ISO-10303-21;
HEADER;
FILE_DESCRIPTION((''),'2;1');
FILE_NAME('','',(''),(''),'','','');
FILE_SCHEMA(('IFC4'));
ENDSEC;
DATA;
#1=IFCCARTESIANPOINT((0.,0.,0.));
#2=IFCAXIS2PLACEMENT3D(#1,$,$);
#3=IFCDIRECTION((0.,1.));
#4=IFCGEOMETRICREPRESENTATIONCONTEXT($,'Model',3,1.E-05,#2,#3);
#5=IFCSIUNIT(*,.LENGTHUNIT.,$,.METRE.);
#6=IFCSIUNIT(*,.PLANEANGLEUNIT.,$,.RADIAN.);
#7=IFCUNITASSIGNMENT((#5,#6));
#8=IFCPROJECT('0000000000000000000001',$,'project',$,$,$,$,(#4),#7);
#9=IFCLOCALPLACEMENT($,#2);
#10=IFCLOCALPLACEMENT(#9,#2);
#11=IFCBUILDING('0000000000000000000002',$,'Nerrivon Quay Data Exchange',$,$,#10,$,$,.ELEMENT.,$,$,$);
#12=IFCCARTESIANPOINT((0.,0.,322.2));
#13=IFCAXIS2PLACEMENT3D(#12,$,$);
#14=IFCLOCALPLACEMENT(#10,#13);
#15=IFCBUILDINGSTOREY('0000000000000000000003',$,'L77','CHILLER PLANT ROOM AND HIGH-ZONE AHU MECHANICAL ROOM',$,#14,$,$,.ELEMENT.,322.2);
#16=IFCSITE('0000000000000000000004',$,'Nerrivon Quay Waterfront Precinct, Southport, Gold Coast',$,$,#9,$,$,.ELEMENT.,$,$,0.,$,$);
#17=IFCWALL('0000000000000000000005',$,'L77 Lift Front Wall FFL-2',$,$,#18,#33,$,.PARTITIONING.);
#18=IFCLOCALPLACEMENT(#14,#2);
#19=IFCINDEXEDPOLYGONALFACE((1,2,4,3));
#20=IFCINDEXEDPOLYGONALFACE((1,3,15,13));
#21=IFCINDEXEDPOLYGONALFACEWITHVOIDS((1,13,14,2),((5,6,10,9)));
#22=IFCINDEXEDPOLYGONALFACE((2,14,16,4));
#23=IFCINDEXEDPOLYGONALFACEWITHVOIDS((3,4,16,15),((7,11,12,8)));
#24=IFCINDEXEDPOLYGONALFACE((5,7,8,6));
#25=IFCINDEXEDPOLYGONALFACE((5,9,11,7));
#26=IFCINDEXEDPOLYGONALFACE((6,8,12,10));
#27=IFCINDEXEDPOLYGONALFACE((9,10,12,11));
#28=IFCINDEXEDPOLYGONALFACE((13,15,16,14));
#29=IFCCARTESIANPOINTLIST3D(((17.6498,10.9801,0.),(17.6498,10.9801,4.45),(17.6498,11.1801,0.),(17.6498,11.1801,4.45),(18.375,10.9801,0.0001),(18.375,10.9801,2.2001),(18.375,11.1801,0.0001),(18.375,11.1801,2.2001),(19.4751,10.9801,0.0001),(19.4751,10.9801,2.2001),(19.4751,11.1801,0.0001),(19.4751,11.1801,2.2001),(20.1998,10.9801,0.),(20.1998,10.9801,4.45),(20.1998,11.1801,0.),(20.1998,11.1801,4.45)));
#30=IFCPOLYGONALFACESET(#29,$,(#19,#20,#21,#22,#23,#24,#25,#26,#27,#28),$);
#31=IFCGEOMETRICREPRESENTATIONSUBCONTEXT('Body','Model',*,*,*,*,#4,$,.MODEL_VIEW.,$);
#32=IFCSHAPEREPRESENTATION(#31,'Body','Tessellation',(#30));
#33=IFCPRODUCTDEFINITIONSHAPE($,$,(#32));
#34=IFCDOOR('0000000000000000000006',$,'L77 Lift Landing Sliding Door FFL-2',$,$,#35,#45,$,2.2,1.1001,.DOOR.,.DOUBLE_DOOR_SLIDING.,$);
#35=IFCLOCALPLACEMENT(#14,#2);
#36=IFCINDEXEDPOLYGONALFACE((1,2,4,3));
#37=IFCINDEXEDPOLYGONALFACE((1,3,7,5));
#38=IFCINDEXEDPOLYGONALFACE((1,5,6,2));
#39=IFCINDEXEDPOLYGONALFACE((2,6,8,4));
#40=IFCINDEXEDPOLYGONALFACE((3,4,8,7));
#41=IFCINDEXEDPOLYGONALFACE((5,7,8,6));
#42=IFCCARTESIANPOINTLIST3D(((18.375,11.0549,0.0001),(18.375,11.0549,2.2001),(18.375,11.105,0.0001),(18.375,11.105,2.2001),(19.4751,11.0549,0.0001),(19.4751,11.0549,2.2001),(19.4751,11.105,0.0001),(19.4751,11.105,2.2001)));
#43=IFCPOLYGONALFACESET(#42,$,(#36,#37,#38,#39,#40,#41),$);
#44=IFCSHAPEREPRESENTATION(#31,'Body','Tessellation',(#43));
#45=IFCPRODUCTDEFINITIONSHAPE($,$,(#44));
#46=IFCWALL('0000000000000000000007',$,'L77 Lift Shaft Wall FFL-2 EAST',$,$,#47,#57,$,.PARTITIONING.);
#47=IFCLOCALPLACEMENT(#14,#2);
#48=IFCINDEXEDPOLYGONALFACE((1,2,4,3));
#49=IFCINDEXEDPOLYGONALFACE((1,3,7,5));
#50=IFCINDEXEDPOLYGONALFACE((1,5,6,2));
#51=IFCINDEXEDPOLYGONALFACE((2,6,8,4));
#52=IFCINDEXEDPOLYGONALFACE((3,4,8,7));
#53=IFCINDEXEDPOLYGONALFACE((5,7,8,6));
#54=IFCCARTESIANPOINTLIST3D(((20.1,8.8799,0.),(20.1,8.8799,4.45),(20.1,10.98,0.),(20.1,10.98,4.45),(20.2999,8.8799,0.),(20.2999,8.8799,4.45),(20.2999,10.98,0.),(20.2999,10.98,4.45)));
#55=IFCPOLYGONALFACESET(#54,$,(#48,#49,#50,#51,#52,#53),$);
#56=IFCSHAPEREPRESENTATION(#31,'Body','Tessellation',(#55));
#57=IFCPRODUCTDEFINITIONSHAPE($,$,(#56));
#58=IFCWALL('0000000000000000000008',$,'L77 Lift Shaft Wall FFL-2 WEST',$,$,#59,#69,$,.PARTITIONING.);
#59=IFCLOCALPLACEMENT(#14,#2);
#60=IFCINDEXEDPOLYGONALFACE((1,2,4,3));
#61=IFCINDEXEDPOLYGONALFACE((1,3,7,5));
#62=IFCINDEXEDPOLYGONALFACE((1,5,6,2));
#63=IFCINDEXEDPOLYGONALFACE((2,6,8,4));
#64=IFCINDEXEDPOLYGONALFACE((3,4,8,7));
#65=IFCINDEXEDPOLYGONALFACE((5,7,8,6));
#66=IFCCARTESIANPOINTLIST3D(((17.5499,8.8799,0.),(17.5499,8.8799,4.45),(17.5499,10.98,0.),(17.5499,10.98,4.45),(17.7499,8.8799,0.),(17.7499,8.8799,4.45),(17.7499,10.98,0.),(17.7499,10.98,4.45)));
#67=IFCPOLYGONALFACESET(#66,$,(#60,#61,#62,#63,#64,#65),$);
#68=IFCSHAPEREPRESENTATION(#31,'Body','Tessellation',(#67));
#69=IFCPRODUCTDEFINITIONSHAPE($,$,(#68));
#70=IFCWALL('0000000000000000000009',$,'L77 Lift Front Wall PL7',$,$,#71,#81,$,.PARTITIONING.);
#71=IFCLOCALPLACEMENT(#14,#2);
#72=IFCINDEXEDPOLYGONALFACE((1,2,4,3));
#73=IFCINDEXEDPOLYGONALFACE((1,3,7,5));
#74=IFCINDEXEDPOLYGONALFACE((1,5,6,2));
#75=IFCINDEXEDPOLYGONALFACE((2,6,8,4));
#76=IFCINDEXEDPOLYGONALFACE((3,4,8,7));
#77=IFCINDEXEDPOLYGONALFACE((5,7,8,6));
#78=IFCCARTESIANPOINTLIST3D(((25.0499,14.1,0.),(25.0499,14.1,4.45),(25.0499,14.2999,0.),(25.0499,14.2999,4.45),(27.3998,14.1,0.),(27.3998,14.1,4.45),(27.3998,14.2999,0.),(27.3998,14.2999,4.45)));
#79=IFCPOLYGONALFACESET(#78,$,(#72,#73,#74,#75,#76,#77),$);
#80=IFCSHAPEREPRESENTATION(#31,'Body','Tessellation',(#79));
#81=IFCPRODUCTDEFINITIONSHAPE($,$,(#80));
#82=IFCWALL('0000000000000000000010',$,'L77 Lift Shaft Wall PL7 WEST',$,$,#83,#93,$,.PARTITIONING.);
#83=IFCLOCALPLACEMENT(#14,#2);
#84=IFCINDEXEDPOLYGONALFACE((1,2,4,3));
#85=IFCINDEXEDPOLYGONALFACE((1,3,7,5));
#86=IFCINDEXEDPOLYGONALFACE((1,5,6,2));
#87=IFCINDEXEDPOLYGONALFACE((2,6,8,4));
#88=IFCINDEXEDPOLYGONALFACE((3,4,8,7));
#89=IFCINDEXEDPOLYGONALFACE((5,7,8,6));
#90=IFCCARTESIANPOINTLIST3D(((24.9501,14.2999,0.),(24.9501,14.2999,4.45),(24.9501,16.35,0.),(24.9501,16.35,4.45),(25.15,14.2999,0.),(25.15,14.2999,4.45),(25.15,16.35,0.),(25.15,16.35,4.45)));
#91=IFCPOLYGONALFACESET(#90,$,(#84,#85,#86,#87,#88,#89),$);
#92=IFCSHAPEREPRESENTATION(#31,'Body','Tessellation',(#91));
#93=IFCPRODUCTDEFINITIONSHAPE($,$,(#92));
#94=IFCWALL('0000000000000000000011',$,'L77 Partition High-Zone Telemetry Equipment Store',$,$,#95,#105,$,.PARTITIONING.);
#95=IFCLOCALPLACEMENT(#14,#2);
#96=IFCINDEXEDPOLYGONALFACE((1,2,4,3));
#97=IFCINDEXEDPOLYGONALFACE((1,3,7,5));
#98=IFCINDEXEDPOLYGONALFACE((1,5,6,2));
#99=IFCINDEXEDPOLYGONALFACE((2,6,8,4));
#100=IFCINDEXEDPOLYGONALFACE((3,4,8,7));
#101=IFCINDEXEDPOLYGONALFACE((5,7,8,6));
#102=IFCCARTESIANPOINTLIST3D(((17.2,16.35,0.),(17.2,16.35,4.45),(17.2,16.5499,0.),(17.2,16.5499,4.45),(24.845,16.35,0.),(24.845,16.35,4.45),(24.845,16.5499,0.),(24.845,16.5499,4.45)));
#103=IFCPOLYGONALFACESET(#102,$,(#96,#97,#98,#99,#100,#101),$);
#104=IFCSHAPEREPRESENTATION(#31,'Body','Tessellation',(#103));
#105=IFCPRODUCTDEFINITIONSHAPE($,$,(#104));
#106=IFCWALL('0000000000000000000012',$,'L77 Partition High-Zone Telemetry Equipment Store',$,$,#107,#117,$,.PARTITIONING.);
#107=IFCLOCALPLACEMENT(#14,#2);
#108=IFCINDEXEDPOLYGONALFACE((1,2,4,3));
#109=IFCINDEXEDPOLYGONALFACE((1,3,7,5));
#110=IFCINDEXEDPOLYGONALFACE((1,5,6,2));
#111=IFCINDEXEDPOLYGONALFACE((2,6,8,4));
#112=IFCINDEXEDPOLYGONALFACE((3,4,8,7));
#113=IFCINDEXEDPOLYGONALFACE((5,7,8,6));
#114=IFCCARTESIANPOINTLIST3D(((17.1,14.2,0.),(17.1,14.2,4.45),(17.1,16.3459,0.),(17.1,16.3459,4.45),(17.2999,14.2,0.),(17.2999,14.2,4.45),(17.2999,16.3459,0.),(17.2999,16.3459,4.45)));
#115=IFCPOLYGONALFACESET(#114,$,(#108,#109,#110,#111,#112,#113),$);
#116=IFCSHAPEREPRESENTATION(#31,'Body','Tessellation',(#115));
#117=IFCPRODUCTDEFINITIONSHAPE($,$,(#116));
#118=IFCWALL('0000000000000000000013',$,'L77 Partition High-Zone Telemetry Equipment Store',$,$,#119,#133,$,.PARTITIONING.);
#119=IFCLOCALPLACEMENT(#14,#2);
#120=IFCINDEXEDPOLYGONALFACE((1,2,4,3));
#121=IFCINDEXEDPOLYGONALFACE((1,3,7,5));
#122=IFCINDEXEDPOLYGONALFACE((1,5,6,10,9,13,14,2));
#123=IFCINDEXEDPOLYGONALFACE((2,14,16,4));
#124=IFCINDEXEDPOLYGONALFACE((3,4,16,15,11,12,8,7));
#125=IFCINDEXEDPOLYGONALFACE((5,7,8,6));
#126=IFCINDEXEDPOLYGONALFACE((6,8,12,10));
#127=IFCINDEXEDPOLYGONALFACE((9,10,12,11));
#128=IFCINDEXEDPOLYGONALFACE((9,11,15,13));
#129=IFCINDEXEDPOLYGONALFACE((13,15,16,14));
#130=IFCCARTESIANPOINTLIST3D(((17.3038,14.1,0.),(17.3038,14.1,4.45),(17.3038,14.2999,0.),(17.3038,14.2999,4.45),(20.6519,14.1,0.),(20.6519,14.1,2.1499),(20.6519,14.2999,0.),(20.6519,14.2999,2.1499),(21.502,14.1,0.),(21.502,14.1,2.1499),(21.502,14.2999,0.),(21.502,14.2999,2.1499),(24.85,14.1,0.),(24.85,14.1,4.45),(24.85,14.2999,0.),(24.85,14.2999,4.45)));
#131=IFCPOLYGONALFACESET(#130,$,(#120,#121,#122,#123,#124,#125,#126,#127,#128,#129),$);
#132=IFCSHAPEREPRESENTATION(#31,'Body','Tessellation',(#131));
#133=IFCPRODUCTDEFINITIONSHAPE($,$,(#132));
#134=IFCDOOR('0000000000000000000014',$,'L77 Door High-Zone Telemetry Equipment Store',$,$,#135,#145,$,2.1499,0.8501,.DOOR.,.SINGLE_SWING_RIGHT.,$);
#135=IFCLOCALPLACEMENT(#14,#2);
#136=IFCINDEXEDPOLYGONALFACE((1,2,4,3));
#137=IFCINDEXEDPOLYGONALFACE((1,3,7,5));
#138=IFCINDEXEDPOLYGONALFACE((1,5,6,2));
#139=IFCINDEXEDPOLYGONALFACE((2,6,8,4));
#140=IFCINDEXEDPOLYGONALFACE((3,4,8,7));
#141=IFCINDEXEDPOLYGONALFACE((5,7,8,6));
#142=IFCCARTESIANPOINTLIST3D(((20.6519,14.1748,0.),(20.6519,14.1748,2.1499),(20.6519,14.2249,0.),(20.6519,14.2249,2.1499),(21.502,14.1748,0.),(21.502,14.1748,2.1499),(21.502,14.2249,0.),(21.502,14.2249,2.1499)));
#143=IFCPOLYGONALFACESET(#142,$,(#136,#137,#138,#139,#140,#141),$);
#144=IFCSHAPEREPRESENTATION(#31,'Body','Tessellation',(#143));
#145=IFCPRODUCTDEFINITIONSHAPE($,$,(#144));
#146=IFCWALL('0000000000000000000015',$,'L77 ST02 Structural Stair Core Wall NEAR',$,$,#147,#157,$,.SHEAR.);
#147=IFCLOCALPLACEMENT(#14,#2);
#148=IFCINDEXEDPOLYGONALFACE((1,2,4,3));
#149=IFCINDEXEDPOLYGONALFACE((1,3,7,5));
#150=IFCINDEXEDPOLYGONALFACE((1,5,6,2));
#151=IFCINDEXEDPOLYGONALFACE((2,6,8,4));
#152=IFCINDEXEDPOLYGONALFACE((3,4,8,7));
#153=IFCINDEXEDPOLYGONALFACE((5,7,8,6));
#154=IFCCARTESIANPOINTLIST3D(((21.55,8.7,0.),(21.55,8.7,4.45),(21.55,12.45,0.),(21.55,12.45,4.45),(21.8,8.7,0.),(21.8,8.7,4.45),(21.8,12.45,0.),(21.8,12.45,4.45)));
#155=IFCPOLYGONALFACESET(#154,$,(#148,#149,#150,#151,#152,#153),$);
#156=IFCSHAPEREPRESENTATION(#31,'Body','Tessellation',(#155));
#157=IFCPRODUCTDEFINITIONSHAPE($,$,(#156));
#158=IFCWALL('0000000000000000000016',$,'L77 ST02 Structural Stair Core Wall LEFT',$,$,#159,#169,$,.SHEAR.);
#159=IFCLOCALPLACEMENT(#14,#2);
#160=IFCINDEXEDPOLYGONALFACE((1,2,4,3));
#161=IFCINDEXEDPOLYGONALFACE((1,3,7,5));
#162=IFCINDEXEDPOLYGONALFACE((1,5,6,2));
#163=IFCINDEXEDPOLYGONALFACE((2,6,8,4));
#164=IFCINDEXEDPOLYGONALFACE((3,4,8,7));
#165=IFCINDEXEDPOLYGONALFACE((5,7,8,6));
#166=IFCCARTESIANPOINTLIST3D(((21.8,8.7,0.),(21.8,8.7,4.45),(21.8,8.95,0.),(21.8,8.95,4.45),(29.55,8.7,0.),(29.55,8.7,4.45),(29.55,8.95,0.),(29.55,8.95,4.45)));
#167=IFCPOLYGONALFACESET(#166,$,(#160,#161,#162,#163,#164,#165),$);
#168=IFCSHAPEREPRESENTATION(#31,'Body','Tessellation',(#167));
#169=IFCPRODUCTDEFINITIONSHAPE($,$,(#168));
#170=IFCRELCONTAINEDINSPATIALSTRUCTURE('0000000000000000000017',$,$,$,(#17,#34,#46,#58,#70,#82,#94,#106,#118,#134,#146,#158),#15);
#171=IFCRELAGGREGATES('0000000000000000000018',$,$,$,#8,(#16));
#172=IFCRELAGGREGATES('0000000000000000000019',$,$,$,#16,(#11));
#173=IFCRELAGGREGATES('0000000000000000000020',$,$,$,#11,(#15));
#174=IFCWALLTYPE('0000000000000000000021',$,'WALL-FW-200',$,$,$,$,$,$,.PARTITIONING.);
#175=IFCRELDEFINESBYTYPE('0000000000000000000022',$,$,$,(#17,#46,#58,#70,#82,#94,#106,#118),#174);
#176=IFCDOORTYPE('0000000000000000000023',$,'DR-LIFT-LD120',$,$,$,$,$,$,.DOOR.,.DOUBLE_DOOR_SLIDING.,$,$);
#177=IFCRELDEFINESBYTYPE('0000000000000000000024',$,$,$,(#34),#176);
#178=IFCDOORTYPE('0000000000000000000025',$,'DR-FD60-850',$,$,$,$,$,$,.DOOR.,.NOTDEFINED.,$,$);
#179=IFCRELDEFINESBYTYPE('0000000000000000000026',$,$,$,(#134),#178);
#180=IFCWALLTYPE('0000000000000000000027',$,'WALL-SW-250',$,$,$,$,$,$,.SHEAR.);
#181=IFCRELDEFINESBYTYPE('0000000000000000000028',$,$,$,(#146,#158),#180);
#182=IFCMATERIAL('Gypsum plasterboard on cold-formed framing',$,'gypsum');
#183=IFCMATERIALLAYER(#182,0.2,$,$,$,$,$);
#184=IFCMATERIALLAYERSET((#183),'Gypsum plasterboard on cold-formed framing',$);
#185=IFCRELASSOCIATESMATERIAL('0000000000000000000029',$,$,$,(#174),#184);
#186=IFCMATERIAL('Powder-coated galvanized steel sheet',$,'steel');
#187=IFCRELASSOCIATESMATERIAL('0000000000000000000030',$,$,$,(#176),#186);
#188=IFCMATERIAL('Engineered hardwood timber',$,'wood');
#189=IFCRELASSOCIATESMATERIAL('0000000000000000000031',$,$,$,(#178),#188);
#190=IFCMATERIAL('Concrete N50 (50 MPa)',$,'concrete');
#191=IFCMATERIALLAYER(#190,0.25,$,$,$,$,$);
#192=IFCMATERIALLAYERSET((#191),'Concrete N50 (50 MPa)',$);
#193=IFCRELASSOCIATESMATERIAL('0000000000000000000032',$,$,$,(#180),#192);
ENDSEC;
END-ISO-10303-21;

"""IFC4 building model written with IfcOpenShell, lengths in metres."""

from ifc_helpers import new_model, si_unit, direction, frame, frame_2d, origin, place, context, subcontext, project, spatial, rectangle, extrude, material, layer, layer_set, type_object, element, fill, save


model = new_model("IFC4")

# Units and contexts
model_context = context("Model", 3, precision=1e-05, world=origin(), true_north=direction((0.0, 1.0)))
body_context = subcontext(model_context, "Body", "Model", "MODEL_VIEW")
ifc_project = project(units=[si_unit("LENGTHUNIT", "METRE"), si_unit("PLANEANGLEUNIT", "RADIAN")], contexts=[model_context])

# Site, building, storey
site_placement = place(None, origin())
site = spatial("IfcSite", under=ifc_project, at=site_placement, Name="Nerrivon Quay Waterfront Precinct, Southport, Gold Coast", CompositionType="ELEMENT", RefElevation=0.0)
building_placement = place(site_placement, origin())
building = spatial("IfcBuilding", under=site, at=building_placement, Name="Nerrivon Quay Data Exchange", CompositionType="ELEMENT")
storey_placement = place(building_placement, frame((0.0, 0.0, 322.2)))
storey = spatial("IfcBuildingStorey", under=building, at=storey_placement, Name="L77", Description="CHILLER PLANT ROOM AND HIGH-ZONE AHU MECHANICAL ROOM", CompositionType="ELEMENT", Elevation=322.2)

# Shared definitions
ifc_material_1 = material(Name="Concrete N50 (50 MPa)", Category="concrete")

# Shared definitions
ifc_material_2 = material(Name="Gypsum plasterboard on cold-formed framing", Category="gypsum")
ifc_layer_1 = layer(ifc_material_2, 0.2)
ifc_layer_set_1 = layer_set([ifc_layer_1], Name="Gypsum plasterboard on cold-formed framing")
wall_type_1 = type_object("IfcWallType", Name="WALL-FW-200", PredefinedType="PARTITIONING", material=ifc_layer_set_1)

# Wall, opening, door
wall_1_placement = place(storey_placement, frame((17.6499, 11.0801, 0.0), z_axis=(0.0, 0.0, 1.0), x_axis=(1.0, 0.0, 0.0)))
wall_1 = element("IfcWall", 1, at=wall_1_placement, inside=storey, type_object=wall_type_1, Name="L77 Lift Front Wall FFL-2", PredefinedType="PARTITIONING", context=body_context, shape_type="SweptSolid", body=[
    extrude(rectangle(XDim=2.55, YDim=0.2, at=frame_2d((1.2749, 0.0))), origin(), (0.0, 0.0, 1.0), 4.45),
])
opening_1_placement = place(wall_1_placement, frame((0.7251, 0.0, 0.0)))
opening_1 = element("IfcOpeningElement", 2, at=opening_1_placement, cuts=wall_1, PredefinedType="OPENING", context=body_context, shape_type="SweptSolid", body=[
    extrude(rectangle(XDim=1.1001, YDim=2.2, at=frame_2d((0.55, 1.1001))), frame((0.0, 0.1099, 0.0), z_axis=(0.0, -1.0, 0.0), x_axis=(1.0, 0.0, 0.0)), (0.0, 0.0, 1.0), 0.22),
])
ifc_material_3 = material(Name="Powder-coated galvanized steel sheet", Category="steel")
door_type_1 = type_object("IfcDoorType", Name="DR-LIFT-LD120", OperationType="DOUBLE_DOOR_SLIDING", PredefinedType="DOOR", material=ifc_material_3)
door_1_placement = place(opening_1_placement, origin())
door_1 = element("IfcDoor", 3, at=door_1_placement, inside=storey, type_object=door_type_1, Name="L77 Lift Landing Sliding Door FFL-2", OperationType="DOUBLE_DOOR_SLIDING", OverallHeight=2.2, OverallWidth=1.1001, PredefinedType="DOOR", context=body_context, shape_type="SweptSolid", body=[
    extrude(rectangle(XDim=1.1001, YDim=2.2, at=frame_2d((0.55, 1.1001))), frame((0.0, 0.0249, 0.0), z_axis=(0.0, -1.0, 0.0), x_axis=(1.0, 0.0, 0.0)), (0.0, 0.0, 1.0), 0.05),
])
fill(opening_1, door_1)

# Walls
for number, where, z_axis, x_axis, name in (
    (4, (20.2, 8.8799, 0.0), (0.0, 0.0, 1.0), (0.0, 1.0, 0.0), "L77 Lift Shaft Wall FFL-2 EAST"),
    (5, (17.6499, 8.8799, 0.0), (0.0, 0.0, 1.0), (0.0, 1.0, 0.0), "L77 Lift Shaft Wall FFL-2 WEST"),
):
    element("IfcWall", number, at=place(storey_placement, frame(where, z_axis=z_axis, x_axis=x_axis)), inside=storey, type_object=wall_type_1, Name=name, PredefinedType="PARTITIONING", context=body_context, shape_type="SweptSolid", body=[
        extrude(rectangle(XDim=2.1001, YDim=0.2, at=frame_2d((1.05, 0.0))), origin(), (0.0, 0.0, 1.0), 4.45),
    ])
wall_2_placement = place(storey_placement, frame((25.05, 14.2, 0.0), z_axis=(0.0, 0.0, 1.0), x_axis=(1.0, 0.0, 0.0)))
element("IfcWall", 6, at=wall_2_placement, inside=storey, type_object=wall_type_1, Name="L77 Lift Front Wall PL7", PredefinedType="PARTITIONING", context=body_context, shape_type="SweptSolid", body=[
    extrude(rectangle(XDim=2.3499, YDim=0.2, at=frame_2d((1.1748, 0.0))), origin(), (0.0, 0.0, 1.0), 4.45),
])
wall_3_placement = place(storey_placement, frame((25.05, 14.3, 0.0), z_axis=(0.0, 0.0, 1.0), x_axis=(0.0, 1.0, 0.0)))
element("IfcWall", 7, at=wall_3_placement, inside=storey, type_object=wall_type_1, Name="L77 Lift Shaft Wall PL7 WEST", PredefinedType="PARTITIONING", context=body_context, shape_type="SweptSolid", body=[
    extrude(rectangle(XDim=2.05, YDim=0.2, at=frame_2d((1.0249, 0.0))), origin(), (0.0, 0.0, 1.0), 4.45),
])
wall_4_placement = place(storey_placement, frame((24.845, 16.45, 0.0), z_axis=(0.0, 0.0, 1.0), x_axis=(-1.0, 0.0, 0.0)))
element("IfcWall", 8, at=wall_4_placement, inside=storey, type_object=wall_type_1, Name="L77 Partition High-Zone Telemetry Equipment Store", PredefinedType="PARTITIONING", context=body_context, shape_type="SweptSolid", body=[
    extrude(rectangle(XDim=7.645, YDim=0.2, at=frame_2d((3.8225, 0.0))), origin(), (0.0, 0.0, 1.0), 4.45),
])
wall_5_placement = place(storey_placement, frame((17.2, 16.3459, 0.0), z_axis=(0.0, 0.0, 1.0), x_axis=(0.0, -1.0, 0.0)))
element("IfcWall", 9, at=wall_5_placement, inside=storey, type_object=wall_type_1, Name="L77 Partition High-Zone Telemetry Equipment Store", PredefinedType="PARTITIONING", context=body_context, shape_type="SweptSolid", body=[
    extrude(rectangle(XDim=2.146, YDim=0.2, at=frame_2d((1.073, 0.0))), origin(), (0.0, 0.0, 1.0), 4.45),
])

# Wall, opening, door
wall_6_placement = place(storey_placement, frame((17.304, 14.2, 0.0), z_axis=(0.0, 0.0, 1.0), x_axis=(1.0, 0.0, 0.0)))
wall_6 = element("IfcWall", 10, at=wall_6_placement, inside=storey, type_object=wall_type_1, Name="L77 Partition High-Zone Telemetry Equipment Store", PredefinedType="PARTITIONING", context=body_context, shape_type="SweptSolid", body=[
    extrude(rectangle(XDim=7.5461, YDim=0.2, at=frame_2d((3.7729, 0.0))), origin(), (0.0, 0.0, 1.0), 4.45),
])
opening_2_placement = place(wall_6_placement, frame((3.3479, 0.0, 0.0)))
opening_2 = element("IfcOpeningElement", 11, at=opening_2_placement, cuts=wall_6, PredefinedType="OPENING", context=body_context, shape_type="SweptSolid", body=[
    extrude(rectangle(XDim=0.8501, YDim=2.1499, at=frame_2d((0.425, 1.075))), frame((0.0, 0.1099, 0.0), z_axis=(0.0, -1.0, 0.0), x_axis=(1.0, 0.0, 0.0)), (0.0, 0.0, 1.0), 0.22),
])
ifc_material_4 = material(Name="Engineered hardwood timber", Category="wood")
door_type_2 = type_object("IfcDoorType", Name="DR-FD60-850", OperationType="NOTDEFINED", PredefinedType="DOOR", material=ifc_material_4)
door_2_placement = place(opening_2_placement, origin())
door_2 = element("IfcDoor", 12, at=door_2_placement, inside=storey, type_object=door_type_2, Name="L77 Door High-Zone Telemetry Equipment Store", OperationType="SINGLE_SWING_RIGHT", OverallHeight=2.1499, OverallWidth=0.8501, PredefinedType="DOOR", context=body_context, shape_type="SweptSolid", body=[
    extrude(rectangle(XDim=0.8501, YDim=2.1499, at=frame_2d((0.425, 1.075))), frame((0.0, 0.0249, 0.0), z_axis=(0.0, -1.0, 0.0), x_axis=(1.0, 0.0, 0.0)), (0.0, 0.0, 1.0), 0.05),
])
fill(opening_2, door_2)

# Walls
ifc_layer_2 = layer(ifc_material_1, 0.25)
ifc_layer_set_2 = layer_set([ifc_layer_2], Name="Concrete N50 (50 MPa)")
wall_type_2 = type_object("IfcWallType", Name="WALL-SW-250", PredefinedType="SHEAR", material=ifc_layer_set_2)
wall_7_placement = place(storey_placement, frame((21.675, 8.7, 0.0), z_axis=(0.0, 0.0, 1.0), x_axis=(0.0, 1.0, 0.0)))
element("IfcWall", 13, at=wall_7_placement, inside=storey, type_object=wall_type_2, Name="L77 ST02 Structural Stair Core Wall NEAR", PredefinedType="SHEAR", context=body_context, shape_type="SweptSolid", body=[
    extrude(rectangle(XDim=3.75, YDim=0.25, at=frame_2d((1.875, 0.0))), origin(), (0.0, 0.0, 1.0), 4.45),
])
wall_8_placement = place(storey_placement, frame((21.8, 8.825, 0.0), z_axis=(0.0, 0.0, 1.0), x_axis=(1.0, 0.0, 0.0)))
element("IfcWall", 14, at=wall_8_placement, inside=storey, type_object=wall_type_2, Name="L77 ST02 Structural Stair Core Wall LEFT", PredefinedType="SHEAR", context=body_context, shape_type="SweptSolid", body=[
    extrude(rectangle(XDim=7.75, YDim=0.25, at=frame_2d((3.875, 0.0))), origin(), (0.0, 0.0, 1.0), 4.45),
])

save(model, "model.ifc")
